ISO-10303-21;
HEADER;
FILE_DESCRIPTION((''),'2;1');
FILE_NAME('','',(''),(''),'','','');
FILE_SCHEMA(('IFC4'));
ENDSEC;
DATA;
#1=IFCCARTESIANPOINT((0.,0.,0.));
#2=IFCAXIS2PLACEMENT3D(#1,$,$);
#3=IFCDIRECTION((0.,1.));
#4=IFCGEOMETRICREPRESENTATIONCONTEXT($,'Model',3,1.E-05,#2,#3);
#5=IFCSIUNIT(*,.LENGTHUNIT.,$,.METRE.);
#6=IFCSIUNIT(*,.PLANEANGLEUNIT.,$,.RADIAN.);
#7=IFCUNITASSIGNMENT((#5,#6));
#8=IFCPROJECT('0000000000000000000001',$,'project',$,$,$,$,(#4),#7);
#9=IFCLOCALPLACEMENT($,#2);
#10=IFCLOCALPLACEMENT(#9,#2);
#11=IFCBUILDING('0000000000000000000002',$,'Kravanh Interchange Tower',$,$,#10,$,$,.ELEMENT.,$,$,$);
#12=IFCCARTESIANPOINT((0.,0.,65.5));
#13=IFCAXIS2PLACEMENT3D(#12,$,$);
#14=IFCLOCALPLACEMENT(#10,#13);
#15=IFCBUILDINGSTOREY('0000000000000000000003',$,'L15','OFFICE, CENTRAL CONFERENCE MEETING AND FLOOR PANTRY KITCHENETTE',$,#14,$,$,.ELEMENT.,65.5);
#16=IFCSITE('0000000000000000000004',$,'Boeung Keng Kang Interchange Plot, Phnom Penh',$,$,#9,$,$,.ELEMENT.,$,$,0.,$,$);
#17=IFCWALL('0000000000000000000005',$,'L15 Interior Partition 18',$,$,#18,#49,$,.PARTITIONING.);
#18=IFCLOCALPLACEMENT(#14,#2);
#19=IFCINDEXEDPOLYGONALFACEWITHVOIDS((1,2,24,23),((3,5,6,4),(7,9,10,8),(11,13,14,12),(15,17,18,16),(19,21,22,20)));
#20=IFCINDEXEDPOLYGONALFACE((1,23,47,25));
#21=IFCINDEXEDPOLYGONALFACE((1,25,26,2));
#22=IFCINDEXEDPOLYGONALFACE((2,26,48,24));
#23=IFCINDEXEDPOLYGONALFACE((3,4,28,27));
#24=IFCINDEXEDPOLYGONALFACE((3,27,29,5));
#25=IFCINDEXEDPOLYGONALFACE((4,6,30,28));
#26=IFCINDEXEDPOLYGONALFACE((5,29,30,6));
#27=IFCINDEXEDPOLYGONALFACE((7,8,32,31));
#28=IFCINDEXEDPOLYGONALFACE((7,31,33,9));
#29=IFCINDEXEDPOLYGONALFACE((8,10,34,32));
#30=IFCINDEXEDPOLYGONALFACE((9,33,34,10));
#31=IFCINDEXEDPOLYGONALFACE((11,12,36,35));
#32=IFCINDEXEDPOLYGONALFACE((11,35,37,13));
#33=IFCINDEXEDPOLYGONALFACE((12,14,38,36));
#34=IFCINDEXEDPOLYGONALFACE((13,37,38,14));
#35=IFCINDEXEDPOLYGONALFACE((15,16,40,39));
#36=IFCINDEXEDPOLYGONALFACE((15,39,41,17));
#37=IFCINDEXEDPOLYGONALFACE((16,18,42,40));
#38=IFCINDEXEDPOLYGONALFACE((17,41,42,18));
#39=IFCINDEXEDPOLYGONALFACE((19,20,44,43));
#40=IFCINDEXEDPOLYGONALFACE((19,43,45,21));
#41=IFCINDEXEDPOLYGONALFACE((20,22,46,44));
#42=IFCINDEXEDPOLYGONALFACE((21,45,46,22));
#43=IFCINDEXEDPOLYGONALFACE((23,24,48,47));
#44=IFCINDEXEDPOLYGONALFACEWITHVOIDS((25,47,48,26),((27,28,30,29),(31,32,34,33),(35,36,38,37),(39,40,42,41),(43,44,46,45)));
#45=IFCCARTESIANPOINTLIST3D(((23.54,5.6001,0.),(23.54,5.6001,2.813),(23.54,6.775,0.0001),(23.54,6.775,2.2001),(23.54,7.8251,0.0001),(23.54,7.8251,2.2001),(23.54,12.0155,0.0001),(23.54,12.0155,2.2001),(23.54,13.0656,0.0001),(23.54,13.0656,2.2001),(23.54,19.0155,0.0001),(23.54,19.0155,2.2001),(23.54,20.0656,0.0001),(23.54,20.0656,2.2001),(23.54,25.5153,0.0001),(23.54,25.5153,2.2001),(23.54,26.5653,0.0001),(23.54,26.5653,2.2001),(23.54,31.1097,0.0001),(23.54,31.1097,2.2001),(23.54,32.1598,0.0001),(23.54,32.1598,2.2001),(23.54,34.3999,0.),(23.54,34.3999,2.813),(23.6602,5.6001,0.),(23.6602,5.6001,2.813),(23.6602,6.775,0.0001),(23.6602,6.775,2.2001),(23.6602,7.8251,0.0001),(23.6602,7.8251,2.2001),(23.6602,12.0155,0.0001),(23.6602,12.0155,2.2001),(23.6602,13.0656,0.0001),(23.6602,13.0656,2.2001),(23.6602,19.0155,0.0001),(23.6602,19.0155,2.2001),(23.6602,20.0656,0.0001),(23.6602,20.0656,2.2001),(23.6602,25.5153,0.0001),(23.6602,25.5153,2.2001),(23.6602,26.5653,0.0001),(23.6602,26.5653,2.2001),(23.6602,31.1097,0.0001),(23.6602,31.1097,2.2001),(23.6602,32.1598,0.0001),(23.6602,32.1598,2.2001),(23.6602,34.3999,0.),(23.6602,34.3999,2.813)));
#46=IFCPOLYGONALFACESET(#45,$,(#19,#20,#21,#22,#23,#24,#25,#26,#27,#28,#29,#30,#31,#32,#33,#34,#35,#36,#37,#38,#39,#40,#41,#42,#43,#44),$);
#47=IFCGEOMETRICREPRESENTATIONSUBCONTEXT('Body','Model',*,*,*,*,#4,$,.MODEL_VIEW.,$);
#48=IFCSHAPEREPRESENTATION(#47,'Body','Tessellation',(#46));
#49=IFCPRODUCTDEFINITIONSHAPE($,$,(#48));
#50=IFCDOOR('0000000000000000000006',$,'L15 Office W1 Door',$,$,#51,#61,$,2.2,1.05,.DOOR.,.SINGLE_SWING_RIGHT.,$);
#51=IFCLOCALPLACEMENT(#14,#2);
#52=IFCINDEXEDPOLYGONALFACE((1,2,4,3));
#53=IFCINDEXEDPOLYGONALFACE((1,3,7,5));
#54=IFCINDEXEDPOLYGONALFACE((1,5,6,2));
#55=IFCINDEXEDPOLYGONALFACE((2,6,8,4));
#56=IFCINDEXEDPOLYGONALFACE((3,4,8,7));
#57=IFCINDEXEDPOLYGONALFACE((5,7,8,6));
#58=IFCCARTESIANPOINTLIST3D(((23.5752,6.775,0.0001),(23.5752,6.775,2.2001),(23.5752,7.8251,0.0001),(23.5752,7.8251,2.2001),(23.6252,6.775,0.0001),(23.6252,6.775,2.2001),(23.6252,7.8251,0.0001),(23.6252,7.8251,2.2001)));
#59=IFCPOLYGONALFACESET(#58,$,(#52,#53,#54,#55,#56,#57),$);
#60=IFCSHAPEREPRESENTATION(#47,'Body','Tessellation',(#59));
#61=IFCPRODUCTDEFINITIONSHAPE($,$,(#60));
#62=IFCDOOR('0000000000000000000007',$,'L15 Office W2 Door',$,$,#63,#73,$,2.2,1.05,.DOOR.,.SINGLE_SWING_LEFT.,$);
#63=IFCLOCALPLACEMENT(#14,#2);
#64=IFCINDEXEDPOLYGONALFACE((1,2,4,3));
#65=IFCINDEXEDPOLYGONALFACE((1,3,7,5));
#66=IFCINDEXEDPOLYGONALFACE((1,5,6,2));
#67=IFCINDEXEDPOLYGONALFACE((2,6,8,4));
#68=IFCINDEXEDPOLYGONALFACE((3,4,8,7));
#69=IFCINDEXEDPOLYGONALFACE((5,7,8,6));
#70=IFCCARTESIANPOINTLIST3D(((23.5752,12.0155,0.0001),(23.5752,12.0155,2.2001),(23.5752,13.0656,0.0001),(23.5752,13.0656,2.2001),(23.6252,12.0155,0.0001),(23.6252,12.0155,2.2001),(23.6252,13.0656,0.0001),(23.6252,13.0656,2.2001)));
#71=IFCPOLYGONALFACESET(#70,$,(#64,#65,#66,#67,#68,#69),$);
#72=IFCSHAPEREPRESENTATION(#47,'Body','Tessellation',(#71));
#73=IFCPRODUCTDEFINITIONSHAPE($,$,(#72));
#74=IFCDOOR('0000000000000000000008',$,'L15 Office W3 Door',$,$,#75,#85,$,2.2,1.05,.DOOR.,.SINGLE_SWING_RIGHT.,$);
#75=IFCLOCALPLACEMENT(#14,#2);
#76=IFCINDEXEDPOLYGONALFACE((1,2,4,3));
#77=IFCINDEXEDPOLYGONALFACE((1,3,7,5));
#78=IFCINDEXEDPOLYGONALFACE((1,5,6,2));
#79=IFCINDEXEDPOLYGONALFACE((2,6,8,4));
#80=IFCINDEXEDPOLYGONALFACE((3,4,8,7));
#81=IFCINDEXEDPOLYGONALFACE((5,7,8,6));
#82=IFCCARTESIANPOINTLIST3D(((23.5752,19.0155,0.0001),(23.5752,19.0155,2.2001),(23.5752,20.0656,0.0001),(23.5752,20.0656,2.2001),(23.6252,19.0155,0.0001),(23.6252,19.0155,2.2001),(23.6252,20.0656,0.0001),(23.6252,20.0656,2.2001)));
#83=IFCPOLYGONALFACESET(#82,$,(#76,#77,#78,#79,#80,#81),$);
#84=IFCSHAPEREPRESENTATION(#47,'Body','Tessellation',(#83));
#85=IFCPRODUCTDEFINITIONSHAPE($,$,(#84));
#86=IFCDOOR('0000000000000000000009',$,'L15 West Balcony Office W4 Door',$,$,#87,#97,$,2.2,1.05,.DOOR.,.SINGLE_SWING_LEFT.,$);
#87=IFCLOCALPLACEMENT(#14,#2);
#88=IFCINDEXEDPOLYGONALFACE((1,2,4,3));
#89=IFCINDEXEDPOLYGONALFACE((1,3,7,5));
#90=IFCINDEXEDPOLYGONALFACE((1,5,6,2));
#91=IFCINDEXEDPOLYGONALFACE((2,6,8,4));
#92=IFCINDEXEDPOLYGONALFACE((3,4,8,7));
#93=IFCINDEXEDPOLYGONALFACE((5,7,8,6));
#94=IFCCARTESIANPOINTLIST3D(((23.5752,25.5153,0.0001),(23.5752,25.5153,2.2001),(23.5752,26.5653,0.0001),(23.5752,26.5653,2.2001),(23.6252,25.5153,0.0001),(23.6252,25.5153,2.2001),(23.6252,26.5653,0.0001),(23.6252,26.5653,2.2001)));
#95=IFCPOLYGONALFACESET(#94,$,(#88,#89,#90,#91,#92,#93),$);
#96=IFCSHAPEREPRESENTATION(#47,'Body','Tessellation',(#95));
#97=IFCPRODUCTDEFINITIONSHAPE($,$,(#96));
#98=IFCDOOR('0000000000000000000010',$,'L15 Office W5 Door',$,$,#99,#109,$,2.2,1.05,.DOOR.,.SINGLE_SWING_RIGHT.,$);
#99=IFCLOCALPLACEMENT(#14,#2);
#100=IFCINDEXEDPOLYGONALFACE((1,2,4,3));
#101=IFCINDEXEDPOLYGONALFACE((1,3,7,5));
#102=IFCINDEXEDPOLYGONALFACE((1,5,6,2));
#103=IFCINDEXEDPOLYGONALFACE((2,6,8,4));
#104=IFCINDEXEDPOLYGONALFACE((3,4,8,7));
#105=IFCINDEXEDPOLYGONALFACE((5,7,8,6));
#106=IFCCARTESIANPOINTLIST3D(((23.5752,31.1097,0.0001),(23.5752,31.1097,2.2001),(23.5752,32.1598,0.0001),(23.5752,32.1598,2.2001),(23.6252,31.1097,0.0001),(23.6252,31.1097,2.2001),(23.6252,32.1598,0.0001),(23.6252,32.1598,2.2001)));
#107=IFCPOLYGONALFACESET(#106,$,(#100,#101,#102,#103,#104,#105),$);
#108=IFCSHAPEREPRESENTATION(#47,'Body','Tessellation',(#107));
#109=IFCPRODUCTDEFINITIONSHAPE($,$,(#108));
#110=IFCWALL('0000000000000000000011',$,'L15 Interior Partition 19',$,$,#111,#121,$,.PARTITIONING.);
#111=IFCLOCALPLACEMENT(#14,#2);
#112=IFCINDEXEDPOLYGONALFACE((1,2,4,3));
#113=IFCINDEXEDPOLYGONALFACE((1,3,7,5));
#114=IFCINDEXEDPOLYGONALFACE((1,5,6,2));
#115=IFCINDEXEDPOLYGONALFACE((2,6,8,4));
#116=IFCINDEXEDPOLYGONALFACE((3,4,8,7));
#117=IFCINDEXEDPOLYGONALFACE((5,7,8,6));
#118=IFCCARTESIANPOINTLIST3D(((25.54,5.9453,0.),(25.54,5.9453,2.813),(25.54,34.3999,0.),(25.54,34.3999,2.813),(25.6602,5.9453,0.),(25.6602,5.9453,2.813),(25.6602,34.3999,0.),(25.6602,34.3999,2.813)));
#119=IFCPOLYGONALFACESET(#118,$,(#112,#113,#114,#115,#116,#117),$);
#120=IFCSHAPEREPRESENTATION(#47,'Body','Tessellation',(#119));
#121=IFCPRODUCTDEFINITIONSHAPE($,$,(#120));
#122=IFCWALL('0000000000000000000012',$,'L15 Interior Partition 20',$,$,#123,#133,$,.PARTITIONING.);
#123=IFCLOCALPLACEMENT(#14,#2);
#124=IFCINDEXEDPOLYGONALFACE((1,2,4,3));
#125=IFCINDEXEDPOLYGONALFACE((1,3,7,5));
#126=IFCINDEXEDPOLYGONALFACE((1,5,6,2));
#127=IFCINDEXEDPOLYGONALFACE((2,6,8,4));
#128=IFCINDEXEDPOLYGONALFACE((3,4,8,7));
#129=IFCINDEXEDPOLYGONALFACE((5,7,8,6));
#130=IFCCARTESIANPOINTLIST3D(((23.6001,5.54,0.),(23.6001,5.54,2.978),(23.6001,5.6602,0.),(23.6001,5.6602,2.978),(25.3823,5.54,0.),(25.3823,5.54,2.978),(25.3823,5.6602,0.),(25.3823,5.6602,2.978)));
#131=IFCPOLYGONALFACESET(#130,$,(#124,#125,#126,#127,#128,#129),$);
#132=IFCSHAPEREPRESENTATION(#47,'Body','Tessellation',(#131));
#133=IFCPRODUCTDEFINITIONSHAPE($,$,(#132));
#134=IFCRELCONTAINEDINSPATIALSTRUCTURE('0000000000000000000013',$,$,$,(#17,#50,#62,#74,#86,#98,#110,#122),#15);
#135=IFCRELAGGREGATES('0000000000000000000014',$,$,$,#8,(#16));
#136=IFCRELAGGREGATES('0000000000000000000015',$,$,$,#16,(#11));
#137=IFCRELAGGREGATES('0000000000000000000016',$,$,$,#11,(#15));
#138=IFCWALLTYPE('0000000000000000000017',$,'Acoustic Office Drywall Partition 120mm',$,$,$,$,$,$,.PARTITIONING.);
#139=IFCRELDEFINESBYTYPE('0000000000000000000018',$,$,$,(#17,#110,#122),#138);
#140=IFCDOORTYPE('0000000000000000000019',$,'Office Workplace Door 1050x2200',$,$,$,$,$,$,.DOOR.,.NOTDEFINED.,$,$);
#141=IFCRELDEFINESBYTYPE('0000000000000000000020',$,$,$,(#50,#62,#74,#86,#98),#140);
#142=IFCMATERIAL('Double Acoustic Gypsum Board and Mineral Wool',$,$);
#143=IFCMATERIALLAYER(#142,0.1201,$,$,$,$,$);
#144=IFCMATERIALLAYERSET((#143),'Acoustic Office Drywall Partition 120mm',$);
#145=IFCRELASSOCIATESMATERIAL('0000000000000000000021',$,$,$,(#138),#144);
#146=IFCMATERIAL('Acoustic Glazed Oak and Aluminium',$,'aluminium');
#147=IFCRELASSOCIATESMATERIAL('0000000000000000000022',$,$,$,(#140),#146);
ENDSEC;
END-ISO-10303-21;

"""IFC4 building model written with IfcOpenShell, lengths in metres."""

from ifc_helpers import new_model, si_unit, direction, frame, frame_2d, origin, place, context, subcontext, project, spatial, rectangle, extrude, material, layer, layer_set, type_object, element, fill, save


model = new_model("IFC4")

# Units and contexts
model_context = context("Model", 3, precision=1e-05, world=origin(), true_north=direction((0.0, 1.0)))
body_context = subcontext(model_context, "Body", "Model", "MODEL_VIEW")
ifc_project = project(units=[si_unit("LENGTHUNIT", "METRE"), si_unit("PLANEANGLEUNIT", "RADIAN")], contexts=[model_context])

# Site, building, storey
site_placement = place(None, origin())
site = spatial("IfcSite", under=ifc_project, at=site_placement, Name="Boeung Keng Kang Interchange Plot, Phnom Penh", CompositionType="ELEMENT", RefElevation=0.0)
building_placement = place(site_placement, origin())
building = spatial("IfcBuilding", under=site, at=building_placement, Name="Kravanh Interchange Tower", CompositionType="ELEMENT")
storey_placement = place(building_placement, frame((0.0, 0.0, 65.5)))
storey = spatial("IfcBuildingStorey", under=building, at=storey_placement, Name="L15", Description="OFFICE, CENTRAL CONFERENCE MEETING AND FLOOR PANTRY KITCHENETTE", CompositionType="ELEMENT", Elevation=65.5)

# Wall, openings, doors
ifc_material_1 = material(Name="Double Acoustic Gypsum Board and Mineral Wool")
ifc_layer_1 = layer(ifc_material_1, 0.1201)
ifc_layer_set_1 = layer_set([ifc_layer_1], Name="Acoustic Office Drywall Partition 120mm")
wall_type = type_object("IfcWallType", Name="Acoustic Office Drywall Partition 120mm", PredefinedType="PARTITIONING", material=ifc_layer_set_1)
wall_1_placement = place(storey_placement, frame((23.6001, 5.6001, 0.0), z_axis=(0.0, 0.0, 1.0), x_axis=(0.0, 1.0, 0.0)))
wall_1 = element("IfcWall", 1, at=wall_1_placement, inside=storey, type_object=wall_type, Name="L15 Interior Partition 18", PredefinedType="PARTITIONING", context=body_context, shape_type="SweptSolid", body=[
    extrude(rectangle(XDim=28.7998, YDim=0.1201, at=frame_2d((14.3999, 0.0))), origin(), (0.0, 0.0, 1.0), 2.813),
])
opening_1_placement = place(wall_1_placement, frame((1.175, 0.0, 0.0)))
opening_1 = element("IfcOpeningElement", 2, at=opening_1_placement, cuts=wall_1, PredefinedType="OPENING", context=body_context, shape_type="SweptSolid", body=[
    extrude(rectangle(XDim=1.05, YDim=2.2, at=frame_2d((0.5249, 1.1001))), frame((0.0, 0.0701, 0.0), z_axis=(0.0, -1.0, 0.0), x_axis=(1.0, 0.0, 0.0)), (0.0, 0.0, 1.0), 0.1401),
])
opening_2_placement = place(wall_1_placement, frame((6.4155, 0.0, 0.0)))
opening_2 = element("IfcOpeningElement", 3, at=opening_2_placement, cuts=wall_1, PredefinedType="OPENING", context=body_context, shape_type="SweptSolid", body=[
    extrude(rectangle(XDim=1.05, YDim=2.2, at=frame_2d((0.5249, 1.1001))), frame((0.0, 0.0701, 0.0), z_axis=(0.0, -1.0, 0.0), x_axis=(1.0, 0.0, 0.0)), (0.0, 0.0, 1.0), 0.1401),
])
opening_3_placement = place(wall_1_placement, frame((13.4155, 0.0, 0.0)))
opening_3 = element("IfcOpeningElement", 4, at=opening_3_placement, cuts=wall_1, PredefinedType="OPENING", context=body_context, shape_type="SweptSolid", body=[
    extrude(rectangle(XDim=1.05, YDim=2.2, at=frame_2d((0.5249, 1.1001))), frame((0.0, 0.0701, 0.0), z_axis=(0.0, -1.0, 0.0), x_axis=(1.0, 0.0, 0.0)), (0.0, 0.0, 1.0), 0.1401),
])
opening_4_placement = place(wall_1_placement, frame((19.9153, 0.0, 0.0)))
opening_4 = element("IfcOpeningElement", 5, at=opening_4_placement, cuts=wall_1, PredefinedType="OPENING", context=body_context, shape_type="SweptSolid", body=[
    extrude(rectangle(XDim=1.05, YDim=2.2, at=frame_2d((0.5249, 1.1001))), frame((0.0, 0.0701, 0.0), z_axis=(0.0, -1.0, 0.0), x_axis=(1.0, 0.0, 0.0)), (0.0, 0.0, 1.0), 0.1401),
])
opening_5_placement = place(wall_1_placement, frame((25.5098, 0.0, 0.0)))
opening_5 = element("IfcOpeningElement", 6, at=opening_5_placement, cuts=wall_1, PredefinedType="OPENING", context=body_context, shape_type="SweptSolid", body=[
    extrude(rectangle(XDim=1.05, YDim=2.2, at=frame_2d((0.5249, 1.1001))), frame((0.0, 0.0701, 0.0), z_axis=(0.0, -1.0, 0.0), x_axis=(1.0, 0.0, 0.0)), (0.0, 0.0, 1.0), 0.1401),
])
ifc_material_2 = material(Name="Acoustic Glazed Oak and Aluminium", Category="aluminium")
door_type = type_object("IfcDoorType", Name="Office Workplace Door 1050x2200", OperationType="NOTDEFINED", PredefinedType="DOOR", material=ifc_material_2)
door_1_placement = place(opening_1_placement, origin())
door_1 = element("IfcDoor", 7, at=door_1_placement, inside=storey, type_object=door_type, Name="L15 Office W1 Door", OperationType="SINGLE_SWING_RIGHT", OverallHeight=2.2, OverallWidth=1.05, PredefinedType="DOOR", context=body_context, shape_type="SweptSolid", body=[
    extrude(rectangle(XDim=1.05, YDim=2.2, at=frame_2d((0.5249, 1.1001))), frame((0.0, 0.0249, 0.0), z_axis=(0.0, -1.0, 0.0), x_axis=(1.0, 0.0, 0.0)), (0.0, 0.0, 1.0), 0.05),
])
fill(opening_1, door_1)
door_2_placement = place(opening_2_placement, origin())
door_2 = element("IfcDoor", 8, at=door_2_placement, inside=storey, type_object=door_type, Name="L15 Office W2 Door", OperationType="SINGLE_SWING_LEFT", OverallHeight=2.2, OverallWidth=1.05, PredefinedType="DOOR", context=body_context, shape_type="SweptSolid", body=[
    extrude(rectangle(XDim=1.05, YDim=2.2, at=frame_2d((0.5249, 1.1001))), frame((0.0, 0.0249, 0.0), z_axis=(0.0, -1.0, 0.0), x_axis=(1.0, 0.0, 0.0)), (0.0, 0.0, 1.0), 0.05),
])
fill(opening_2, door_2)
door_3_placement = place(opening_3_placement, origin())
door_3 = element("IfcDoor", 9, at=door_3_placement, inside=storey, type_object=door_type, Name="L15 Office W3 Door", OperationType="SINGLE_SWING_RIGHT", OverallHeight=2.2, OverallWidth=1.05, PredefinedType="DOOR", context=body_context, shape_type="SweptSolid", body=[
    extrude(rectangle(XDim=1.05, YDim=2.2, at=frame_2d((0.5249, 1.1001))), frame((0.0, 0.0249, 0.0), z_axis=(0.0, -1.0, 0.0), x_axis=(1.0, 0.0, 0.0)), (0.0, 0.0, 1.0), 0.05),
])
fill(opening_3, door_3)
door_4_placement = place(opening_4_placement, origin())
door_4 = element("IfcDoor", 10, at=door_4_placement, inside=storey, type_object=door_type, Name="L15 West Balcony Office W4 Door", OperationType="SINGLE_SWING_LEFT", OverallHeight=2.2, OverallWidth=1.05, PredefinedType="DOOR", context=body_context, shape_type="SweptSolid", body=[
    extrude(rectangle(XDim=1.05, YDim=2.2, at=frame_2d((0.5249, 1.1001))), frame((0.0, 0.0249, 0.0), z_axis=(0.0, -1.0, 0.0), x_axis=(1.0, 0.0, 0.0)), (0.0, 0.0, 1.0), 0.05),
])
fill(opening_4, door_4)
door_5_placement = place(opening_5_placement, origin())
door_5 = element("IfcDoor", 11, at=door_5_placement, inside=storey, type_object=door_type, Name="L15 Office W5 Door", OperationType="SINGLE_SWING_RIGHT", OverallHeight=2.2, OverallWidth=1.05, PredefinedType="DOOR", context=body_context, shape_type="SweptSolid", body=[
    extrude(rectangle(XDim=1.05, YDim=2.2, at=frame_2d((0.5249, 1.1001))), frame((0.0, 0.0249, 0.0), z_axis=(0.0, -1.0, 0.0), x_axis=(1.0, 0.0, 0.0)), (0.0, 0.0, 1.0), 0.05),
])
fill(opening_5, door_5)

# Walls
wall_2_placement = place(storey_placement, frame((25.6001, 5.9453, 0.0), z_axis=(0.0, 0.0, 1.0), x_axis=(0.0, 1.0, 0.0)))
element("IfcWall", 12, at=wall_2_placement, inside=storey, type_object=wall_type, Name="L15 Interior Partition 19", PredefinedType="PARTITIONING", context=body_context, shape_type="SweptSolid", body=[
    extrude(rectangle(XDim=28.4546, YDim=0.1201, at=frame_2d((14.2273, 0.0))), origin(), (0.0, 0.0, 1.0), 2.813),
])
wall_3_placement = place(storey_placement, frame((23.6001, 5.6001, 0.0), z_axis=(0.0, 0.0, 1.0), x_axis=(1.0, 0.0, 0.0)))
element("IfcWall", 13, at=wall_3_placement, inside=storey, type_object=wall_type, Name="L15 Interior Partition 20", PredefinedType="PARTITIONING", context=body_context, shape_type="SweptSolid", body=[
    extrude(rectangle(XDim=1.7822, YDim=0.1201, at=frame_2d((0.8911, 0.0))), origin(), (0.0, 0.0, 1.0), 2.978),
])

save(model, "model.ifc")
